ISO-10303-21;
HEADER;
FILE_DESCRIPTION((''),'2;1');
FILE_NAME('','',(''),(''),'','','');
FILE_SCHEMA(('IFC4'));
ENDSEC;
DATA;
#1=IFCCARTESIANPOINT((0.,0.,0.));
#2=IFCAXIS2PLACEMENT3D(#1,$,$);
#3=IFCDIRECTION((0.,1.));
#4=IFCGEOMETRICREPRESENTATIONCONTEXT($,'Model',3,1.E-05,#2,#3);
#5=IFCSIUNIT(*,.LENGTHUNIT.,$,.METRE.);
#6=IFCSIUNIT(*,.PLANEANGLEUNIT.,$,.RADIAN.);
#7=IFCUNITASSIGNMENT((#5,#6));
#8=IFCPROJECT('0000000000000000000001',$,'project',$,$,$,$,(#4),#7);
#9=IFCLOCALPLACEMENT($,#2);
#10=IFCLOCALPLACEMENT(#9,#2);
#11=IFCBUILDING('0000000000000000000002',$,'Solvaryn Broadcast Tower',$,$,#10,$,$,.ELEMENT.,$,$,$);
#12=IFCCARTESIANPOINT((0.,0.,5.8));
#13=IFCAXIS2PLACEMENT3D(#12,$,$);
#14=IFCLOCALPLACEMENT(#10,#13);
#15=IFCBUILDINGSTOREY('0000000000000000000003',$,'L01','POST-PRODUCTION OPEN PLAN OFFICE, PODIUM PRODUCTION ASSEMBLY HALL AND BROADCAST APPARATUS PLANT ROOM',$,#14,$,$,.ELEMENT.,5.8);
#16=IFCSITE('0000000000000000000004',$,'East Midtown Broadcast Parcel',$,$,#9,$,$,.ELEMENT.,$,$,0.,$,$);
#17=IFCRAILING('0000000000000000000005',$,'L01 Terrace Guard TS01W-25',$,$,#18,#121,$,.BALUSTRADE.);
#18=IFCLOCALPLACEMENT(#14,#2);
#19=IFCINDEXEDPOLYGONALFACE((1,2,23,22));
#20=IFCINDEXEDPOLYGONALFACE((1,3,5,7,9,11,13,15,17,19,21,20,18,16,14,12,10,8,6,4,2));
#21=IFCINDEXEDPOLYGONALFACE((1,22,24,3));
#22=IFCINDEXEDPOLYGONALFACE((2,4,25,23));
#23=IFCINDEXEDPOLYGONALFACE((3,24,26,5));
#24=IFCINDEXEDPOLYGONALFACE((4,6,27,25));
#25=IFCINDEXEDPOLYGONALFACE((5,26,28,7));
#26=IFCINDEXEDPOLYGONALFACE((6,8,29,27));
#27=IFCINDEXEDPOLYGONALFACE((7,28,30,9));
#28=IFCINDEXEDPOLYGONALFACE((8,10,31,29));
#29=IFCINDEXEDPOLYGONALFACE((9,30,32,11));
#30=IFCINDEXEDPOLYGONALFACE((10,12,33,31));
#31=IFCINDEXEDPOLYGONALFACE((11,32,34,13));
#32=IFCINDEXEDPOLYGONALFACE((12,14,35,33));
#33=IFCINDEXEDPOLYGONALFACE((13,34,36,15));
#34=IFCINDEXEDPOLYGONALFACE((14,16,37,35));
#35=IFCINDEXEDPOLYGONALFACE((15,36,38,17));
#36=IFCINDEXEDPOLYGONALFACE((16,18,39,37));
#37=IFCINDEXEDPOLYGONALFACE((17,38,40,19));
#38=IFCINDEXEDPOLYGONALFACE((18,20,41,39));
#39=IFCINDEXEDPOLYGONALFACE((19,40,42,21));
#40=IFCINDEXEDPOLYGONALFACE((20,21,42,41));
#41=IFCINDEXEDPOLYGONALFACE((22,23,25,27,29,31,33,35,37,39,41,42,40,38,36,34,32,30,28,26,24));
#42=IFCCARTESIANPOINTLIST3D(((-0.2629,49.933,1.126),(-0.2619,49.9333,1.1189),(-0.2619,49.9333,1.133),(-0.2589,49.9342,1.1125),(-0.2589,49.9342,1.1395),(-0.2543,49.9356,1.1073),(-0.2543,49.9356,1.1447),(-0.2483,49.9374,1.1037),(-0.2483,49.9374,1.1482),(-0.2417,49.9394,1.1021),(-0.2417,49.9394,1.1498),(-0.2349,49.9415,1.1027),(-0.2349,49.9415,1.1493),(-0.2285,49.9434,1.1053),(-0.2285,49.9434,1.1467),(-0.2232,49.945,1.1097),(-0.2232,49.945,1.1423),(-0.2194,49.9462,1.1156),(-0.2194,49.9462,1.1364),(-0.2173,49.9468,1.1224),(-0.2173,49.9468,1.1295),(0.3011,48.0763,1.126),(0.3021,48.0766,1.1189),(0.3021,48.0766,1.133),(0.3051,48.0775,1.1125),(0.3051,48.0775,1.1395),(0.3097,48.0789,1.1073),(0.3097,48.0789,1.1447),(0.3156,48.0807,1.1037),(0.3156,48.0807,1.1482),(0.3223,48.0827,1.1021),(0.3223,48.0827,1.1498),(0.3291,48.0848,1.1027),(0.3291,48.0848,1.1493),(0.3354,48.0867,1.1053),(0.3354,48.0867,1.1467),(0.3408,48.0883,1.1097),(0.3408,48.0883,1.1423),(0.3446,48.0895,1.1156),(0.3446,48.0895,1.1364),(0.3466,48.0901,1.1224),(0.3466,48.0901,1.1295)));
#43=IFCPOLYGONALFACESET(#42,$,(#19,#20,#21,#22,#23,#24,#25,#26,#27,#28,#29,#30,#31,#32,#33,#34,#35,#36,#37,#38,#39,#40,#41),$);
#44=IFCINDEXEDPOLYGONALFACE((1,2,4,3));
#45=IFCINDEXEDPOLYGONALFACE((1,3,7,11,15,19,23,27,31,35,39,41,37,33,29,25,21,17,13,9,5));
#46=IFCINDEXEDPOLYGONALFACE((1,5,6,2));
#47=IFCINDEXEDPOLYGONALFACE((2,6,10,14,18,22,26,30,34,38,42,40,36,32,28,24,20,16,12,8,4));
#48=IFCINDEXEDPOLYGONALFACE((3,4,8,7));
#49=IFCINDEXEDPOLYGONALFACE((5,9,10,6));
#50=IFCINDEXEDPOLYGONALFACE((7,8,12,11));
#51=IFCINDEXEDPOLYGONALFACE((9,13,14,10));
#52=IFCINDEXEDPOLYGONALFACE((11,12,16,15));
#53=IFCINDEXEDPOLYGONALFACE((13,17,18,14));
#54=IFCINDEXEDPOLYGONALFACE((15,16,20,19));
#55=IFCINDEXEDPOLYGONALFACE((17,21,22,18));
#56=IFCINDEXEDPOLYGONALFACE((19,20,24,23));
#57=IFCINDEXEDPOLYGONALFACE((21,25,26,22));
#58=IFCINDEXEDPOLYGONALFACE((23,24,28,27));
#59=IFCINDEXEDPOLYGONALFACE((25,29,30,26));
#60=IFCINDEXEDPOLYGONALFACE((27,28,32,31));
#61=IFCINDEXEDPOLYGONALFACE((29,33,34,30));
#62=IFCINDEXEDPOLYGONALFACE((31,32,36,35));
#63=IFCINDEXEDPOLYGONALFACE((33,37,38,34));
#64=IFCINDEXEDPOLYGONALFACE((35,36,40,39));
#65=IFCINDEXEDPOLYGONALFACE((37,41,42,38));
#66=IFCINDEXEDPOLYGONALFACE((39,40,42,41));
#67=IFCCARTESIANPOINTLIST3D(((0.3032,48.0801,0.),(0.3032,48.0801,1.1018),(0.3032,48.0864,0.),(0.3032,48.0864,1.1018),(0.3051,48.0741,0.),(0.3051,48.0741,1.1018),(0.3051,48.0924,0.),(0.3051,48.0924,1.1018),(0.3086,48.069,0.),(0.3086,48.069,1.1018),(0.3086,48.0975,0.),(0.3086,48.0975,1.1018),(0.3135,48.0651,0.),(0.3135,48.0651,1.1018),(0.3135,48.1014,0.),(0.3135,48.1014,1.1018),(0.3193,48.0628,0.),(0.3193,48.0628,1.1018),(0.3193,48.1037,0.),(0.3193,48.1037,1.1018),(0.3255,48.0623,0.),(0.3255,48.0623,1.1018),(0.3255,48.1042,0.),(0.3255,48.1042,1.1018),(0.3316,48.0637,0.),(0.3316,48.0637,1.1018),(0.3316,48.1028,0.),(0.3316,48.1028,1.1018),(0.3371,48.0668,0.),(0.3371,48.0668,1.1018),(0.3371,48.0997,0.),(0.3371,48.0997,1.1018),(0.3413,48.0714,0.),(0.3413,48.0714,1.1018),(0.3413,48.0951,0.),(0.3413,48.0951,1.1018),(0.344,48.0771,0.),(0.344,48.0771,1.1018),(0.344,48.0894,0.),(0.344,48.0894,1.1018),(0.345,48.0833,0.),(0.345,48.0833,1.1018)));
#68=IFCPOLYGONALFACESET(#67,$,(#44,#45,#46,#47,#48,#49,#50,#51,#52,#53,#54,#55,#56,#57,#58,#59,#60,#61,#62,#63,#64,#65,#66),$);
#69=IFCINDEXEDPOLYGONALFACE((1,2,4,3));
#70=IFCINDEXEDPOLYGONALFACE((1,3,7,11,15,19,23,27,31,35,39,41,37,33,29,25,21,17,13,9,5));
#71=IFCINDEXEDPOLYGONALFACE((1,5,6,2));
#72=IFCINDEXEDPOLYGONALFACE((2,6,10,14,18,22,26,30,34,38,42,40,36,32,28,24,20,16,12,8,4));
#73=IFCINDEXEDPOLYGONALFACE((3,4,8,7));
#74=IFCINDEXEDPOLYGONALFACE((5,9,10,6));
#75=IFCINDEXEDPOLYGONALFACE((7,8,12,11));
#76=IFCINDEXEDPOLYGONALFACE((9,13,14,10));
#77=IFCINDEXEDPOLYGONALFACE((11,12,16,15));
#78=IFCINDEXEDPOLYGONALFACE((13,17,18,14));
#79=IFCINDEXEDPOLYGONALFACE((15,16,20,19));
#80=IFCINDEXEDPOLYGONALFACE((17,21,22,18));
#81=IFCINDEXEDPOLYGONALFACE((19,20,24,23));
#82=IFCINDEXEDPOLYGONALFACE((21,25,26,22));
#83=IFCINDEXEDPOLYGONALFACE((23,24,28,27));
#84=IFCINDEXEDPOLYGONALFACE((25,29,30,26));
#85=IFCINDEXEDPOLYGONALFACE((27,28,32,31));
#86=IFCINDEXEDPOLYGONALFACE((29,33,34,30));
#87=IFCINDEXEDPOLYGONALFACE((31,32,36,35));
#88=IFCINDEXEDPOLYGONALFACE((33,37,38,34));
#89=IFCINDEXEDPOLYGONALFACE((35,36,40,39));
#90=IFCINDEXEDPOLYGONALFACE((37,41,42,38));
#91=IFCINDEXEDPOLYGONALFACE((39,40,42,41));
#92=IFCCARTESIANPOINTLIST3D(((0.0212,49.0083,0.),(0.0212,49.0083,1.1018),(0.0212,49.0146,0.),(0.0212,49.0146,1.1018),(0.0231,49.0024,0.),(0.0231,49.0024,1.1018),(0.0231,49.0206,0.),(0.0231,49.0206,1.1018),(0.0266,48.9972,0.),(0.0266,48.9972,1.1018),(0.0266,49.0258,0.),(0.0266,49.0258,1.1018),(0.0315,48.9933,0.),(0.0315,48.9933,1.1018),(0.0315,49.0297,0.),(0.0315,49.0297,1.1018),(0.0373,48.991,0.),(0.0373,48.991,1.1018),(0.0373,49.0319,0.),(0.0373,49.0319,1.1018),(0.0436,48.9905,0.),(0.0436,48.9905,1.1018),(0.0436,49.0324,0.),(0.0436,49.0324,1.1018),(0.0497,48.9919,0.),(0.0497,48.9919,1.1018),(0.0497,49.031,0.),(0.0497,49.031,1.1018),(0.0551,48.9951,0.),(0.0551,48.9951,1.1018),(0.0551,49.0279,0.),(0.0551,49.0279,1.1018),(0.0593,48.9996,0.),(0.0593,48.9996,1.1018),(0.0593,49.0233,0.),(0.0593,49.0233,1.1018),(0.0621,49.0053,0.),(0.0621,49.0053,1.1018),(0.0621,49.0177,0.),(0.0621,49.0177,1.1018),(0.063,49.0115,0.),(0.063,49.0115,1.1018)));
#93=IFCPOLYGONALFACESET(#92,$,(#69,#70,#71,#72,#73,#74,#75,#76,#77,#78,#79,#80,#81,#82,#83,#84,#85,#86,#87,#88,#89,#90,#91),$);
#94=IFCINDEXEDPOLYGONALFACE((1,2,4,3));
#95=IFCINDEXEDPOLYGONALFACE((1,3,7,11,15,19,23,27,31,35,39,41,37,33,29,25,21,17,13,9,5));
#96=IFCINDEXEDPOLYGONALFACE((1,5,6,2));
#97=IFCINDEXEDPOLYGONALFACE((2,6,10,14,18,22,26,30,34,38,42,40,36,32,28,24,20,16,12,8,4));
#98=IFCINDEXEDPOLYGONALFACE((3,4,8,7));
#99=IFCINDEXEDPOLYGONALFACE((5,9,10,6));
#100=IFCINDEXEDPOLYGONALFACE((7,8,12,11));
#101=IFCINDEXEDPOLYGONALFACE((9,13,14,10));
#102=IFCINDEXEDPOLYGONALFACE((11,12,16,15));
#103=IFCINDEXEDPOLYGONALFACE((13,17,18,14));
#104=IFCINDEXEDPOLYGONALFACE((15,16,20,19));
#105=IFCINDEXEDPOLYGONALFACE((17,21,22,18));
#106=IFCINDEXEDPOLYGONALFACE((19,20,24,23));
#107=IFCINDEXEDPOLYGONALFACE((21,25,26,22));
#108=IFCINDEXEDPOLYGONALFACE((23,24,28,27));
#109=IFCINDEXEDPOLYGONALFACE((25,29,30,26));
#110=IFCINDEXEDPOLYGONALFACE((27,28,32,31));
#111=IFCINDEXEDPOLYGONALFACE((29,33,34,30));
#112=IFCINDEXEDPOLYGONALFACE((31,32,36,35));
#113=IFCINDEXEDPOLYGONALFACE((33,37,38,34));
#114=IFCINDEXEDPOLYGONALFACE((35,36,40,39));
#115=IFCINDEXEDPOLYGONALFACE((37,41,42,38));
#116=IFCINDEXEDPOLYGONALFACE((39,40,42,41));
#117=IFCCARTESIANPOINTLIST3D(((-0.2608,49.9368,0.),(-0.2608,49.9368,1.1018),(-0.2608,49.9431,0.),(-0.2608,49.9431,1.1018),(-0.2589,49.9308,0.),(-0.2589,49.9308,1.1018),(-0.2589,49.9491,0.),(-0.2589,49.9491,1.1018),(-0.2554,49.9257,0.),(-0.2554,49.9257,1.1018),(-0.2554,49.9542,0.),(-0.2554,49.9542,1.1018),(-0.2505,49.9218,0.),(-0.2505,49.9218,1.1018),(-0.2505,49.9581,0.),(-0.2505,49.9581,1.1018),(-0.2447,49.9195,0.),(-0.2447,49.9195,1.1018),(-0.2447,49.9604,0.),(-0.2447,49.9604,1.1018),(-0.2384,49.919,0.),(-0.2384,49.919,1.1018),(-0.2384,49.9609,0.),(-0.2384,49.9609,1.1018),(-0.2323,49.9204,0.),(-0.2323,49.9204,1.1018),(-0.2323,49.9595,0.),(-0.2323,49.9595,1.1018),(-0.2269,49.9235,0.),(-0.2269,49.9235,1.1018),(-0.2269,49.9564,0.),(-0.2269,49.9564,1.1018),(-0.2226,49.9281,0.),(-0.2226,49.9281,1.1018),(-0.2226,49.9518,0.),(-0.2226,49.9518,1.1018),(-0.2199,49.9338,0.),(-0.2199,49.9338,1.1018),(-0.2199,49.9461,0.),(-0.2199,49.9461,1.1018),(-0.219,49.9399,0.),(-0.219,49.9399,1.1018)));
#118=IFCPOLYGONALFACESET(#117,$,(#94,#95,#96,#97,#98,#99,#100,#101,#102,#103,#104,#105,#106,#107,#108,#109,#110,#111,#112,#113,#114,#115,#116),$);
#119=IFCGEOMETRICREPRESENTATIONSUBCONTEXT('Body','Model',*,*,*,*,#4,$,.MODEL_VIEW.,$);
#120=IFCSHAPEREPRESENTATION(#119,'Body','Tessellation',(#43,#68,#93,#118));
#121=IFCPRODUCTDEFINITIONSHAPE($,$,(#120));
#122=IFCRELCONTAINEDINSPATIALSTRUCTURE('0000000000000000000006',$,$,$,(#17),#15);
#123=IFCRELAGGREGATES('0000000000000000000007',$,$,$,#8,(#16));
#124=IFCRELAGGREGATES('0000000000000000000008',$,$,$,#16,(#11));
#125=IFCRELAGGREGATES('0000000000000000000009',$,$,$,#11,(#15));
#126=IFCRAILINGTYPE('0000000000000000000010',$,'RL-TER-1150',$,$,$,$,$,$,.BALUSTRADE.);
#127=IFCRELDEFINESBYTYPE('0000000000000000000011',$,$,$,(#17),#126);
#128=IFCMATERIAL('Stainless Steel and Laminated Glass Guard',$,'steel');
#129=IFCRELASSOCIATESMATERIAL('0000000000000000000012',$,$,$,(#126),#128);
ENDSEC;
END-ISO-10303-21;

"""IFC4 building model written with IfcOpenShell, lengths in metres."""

from ifc_helpers import new_model, si_unit, direction, frame, origin, origin_2d, place, context, subcontext, project, spatial, circle, extrude, material, type_object, element, save


model = new_model("IFC4")

# Units and contexts
model_context = context("Model", 3, precision=1e-05, world=origin(), true_north=direction((0.0, 1.0)))
body_context = subcontext(model_context, "Body", "Model", "MODEL_VIEW")
ifc_project = project(units=[si_unit("LENGTHUNIT", "METRE"), si_unit("PLANEANGLEUNIT", "RADIAN")], contexts=[model_context])

# Site, building, storey
site_placement = place(None, origin())
site = spatial("IfcSite", under=ifc_project, at=site_placement, Name="East Midtown Broadcast Parcel", CompositionType="ELEMENT", RefElevation=0.0)
building_placement = place(site_placement, origin())
building = spatial("IfcBuilding", under=site, at=building_placement, Name="Solvaryn Broadcast Tower", CompositionType="ELEMENT")
storey_placement = place(building_placement, frame((0.0, 0.0, 5.8)))
storey = spatial("IfcBuildingStorey", under=building, at=storey_placement, Name="L01", Description="POST-PRODUCTION OPEN PLAN OFFICE, PODIUM PRODUCTION ASSEMBLY HALL AND BROADCAST APPARATUS PLANT ROOM", CompositionType="ELEMENT", Elevation=5.8)

# Railing
ifc_material_1 = material(Name="Stainless Steel and Laminated Glass Guard", Category="steel")
railing_type = type_object("IfcRailingType", Name="RL-TER-1150", PredefinedType="BALUSTRADE", material=ifc_material_1)
railing_1_placement = place(storey_placement, frame((0.324, 48.0833, 0.0)))
element("IfcRailing", 1, at=railing_1_placement, inside=storey, type_object=railing_type, Name="L01 Terrace Guard TS01W-25", PredefinedType="BALUSTRADE", context=body_context, shape_type="SweptSolid", body=[
    extrude(circle(Radius=0.0239, at=origin_2d()), frame((0.0, 0.0, 1.126), z_axis=(-0.290636, 0.956834, 0.0), x_axis=(-0.956834, -0.290636, 0.0)), (0.0, 0.0, 1.0), 1.9404),
    extrude(circle(Radius=0.021, at=origin_2d()), origin(), (0.0, 0.0, 1.0), 1.1018),
    extrude(circle(Radius=0.021, at=origin_2d()), frame((-0.282, 0.9282, 0.0)), (0.0, 0.0, 1.0), 1.1018),
    extrude(circle(Radius=0.021, at=origin_2d()), frame((-0.564, 1.8567, 0.0)), (0.0, 0.0, 1.0), 1.1018),
])

save(model, "model.ifc")
